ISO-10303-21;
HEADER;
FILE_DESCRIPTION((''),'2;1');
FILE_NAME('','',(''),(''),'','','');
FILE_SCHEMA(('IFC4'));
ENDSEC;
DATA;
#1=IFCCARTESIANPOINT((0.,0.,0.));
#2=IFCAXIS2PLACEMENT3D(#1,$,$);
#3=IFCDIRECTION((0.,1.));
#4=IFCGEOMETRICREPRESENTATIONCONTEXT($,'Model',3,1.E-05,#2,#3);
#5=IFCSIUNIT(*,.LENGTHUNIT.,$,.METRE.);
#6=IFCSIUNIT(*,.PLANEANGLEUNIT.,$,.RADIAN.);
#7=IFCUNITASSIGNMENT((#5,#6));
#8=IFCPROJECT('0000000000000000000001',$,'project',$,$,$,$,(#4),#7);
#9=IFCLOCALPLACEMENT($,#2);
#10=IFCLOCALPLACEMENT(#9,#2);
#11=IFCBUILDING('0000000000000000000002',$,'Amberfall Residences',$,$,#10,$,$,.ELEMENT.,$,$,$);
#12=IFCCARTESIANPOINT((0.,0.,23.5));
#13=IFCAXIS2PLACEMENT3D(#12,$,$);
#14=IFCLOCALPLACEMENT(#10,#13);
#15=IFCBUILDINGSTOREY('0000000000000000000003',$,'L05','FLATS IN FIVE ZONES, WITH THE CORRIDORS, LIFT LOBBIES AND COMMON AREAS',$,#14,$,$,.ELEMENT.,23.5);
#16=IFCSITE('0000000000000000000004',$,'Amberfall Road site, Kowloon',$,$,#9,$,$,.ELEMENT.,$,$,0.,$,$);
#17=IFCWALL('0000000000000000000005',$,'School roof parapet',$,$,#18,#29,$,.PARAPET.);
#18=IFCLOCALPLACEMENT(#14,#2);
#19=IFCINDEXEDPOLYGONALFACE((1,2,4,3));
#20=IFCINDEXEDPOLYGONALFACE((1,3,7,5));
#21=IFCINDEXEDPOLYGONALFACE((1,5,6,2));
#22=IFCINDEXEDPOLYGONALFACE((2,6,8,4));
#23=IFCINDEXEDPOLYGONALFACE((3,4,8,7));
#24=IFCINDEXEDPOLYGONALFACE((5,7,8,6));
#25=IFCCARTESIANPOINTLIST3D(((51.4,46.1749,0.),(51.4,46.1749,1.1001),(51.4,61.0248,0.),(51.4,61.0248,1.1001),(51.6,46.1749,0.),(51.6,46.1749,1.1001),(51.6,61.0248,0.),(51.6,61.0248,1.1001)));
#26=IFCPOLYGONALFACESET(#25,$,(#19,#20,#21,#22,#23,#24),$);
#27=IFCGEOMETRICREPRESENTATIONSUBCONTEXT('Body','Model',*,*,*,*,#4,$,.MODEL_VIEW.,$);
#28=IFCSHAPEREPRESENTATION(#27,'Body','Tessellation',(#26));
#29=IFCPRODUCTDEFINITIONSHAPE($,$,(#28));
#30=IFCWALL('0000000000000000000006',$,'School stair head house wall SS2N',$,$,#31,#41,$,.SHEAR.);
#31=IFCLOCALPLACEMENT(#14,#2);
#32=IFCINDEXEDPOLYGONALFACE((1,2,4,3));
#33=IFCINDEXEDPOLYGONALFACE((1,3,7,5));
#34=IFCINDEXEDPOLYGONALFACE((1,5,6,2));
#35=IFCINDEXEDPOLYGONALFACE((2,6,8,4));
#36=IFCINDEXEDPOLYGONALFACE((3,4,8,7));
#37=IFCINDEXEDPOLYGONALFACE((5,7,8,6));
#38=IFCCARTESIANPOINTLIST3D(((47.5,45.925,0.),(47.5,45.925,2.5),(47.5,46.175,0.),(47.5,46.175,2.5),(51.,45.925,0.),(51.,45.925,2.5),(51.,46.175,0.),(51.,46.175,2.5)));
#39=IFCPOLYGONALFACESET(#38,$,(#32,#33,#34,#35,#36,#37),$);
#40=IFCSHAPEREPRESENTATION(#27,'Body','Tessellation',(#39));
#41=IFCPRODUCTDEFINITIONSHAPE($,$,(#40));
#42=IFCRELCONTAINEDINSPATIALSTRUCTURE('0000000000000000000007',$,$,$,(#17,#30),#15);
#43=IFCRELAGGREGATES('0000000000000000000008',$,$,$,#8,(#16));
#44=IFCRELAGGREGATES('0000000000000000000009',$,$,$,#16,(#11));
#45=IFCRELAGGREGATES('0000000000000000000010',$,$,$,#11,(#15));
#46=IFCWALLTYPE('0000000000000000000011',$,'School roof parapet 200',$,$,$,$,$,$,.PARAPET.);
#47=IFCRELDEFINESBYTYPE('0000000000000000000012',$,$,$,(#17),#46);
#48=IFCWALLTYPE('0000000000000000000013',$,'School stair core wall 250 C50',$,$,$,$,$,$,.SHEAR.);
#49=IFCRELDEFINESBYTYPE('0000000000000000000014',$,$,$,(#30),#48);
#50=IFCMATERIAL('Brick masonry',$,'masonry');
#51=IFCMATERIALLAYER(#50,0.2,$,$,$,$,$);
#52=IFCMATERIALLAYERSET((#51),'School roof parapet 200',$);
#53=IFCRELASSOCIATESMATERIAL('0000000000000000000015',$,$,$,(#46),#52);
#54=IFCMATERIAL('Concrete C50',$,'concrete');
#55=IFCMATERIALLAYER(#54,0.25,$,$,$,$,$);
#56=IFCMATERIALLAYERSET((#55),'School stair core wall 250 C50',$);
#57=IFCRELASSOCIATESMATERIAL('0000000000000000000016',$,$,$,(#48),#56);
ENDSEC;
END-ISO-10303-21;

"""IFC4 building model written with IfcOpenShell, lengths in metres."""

from ifc_helpers import new_model, si_unit, direction, frame, frame_2d, origin, place, context, subcontext, project, spatial, rectangle, extrude, material, layer, layer_set, type_object, element, save


model = new_model("IFC4")

# Units and contexts
model_context = context("Model", 3, precision=1e-05, world=origin(), true_north=direction((0.0, 1.0)))
body_context = subcontext(model_context, "Body", "Model", "MODEL_VIEW")
ifc_project = project(units=[si_unit("LENGTHUNIT", "METRE"), si_unit("PLANEANGLEUNIT", "RADIAN")], contexts=[model_context])

# Site, building, storey
site_placement = place(None, origin())
site = spatial("IfcSite", under=ifc_project, at=site_placement, Name="Amberfall Road site, Kowloon", CompositionType="ELEMENT", RefElevation=0.0)
building_placement = place(site_placement, origin())
building = spatial("IfcBuilding", under=site, at=building_placement, Name="Amberfall Residences", CompositionType="ELEMENT")
storey_placement = place(building_placement, frame((0.0, 0.0, 23.5)))
storey = spatial("IfcBuildingStorey", under=building, at=storey_placement, Name="L05", Description="FLATS IN FIVE ZONES, WITH THE CORRIDORS, LIFT LOBBIES AND COMMON AREAS", CompositionType="ELEMENT", Elevation=23.5)

# Walls
ifc_material_1 = material(Name="Brick masonry", Category="masonry")
ifc_layer_1 = layer(ifc_material_1, 0.2)
ifc_layer_set_1 = layer_set([ifc_layer_1], Name="School roof parapet 200")
wall_type_1 = type_object("IfcWallType", Name="School roof parapet 200", PredefinedType="PARAPET", material=ifc_layer_set_1)
wall_1_placement = place(storey_placement, frame((51.5, 46.175, 0.0), z_axis=(0.0, 0.0, 1.0), x_axis=(0.0, 1.0, 0.0)))
element("IfcWall", 1, at=wall_1_placement, inside=storey, type_object=wall_type_1, Name="School roof parapet", PredefinedType="PARAPET", context=body_context, shape_type="SweptSolid", body=[
    extrude(rectangle(XDim=14.8499, YDim=0.2, at=frame_2d((7.4248, 0.0))), origin(), (0.0, 0.0, 1.0), 1.1001),
])
ifc_material_2 = material(Name="Concrete C50", Category="concrete")
ifc_layer_2 = layer(ifc_material_2, 0.25)
ifc_layer_set_2 = layer_set([ifc_layer_2], Name="School stair core wall 250 C50")
wall_type_2 = type_object("IfcWallType", Name="School stair core wall 250 C50", PredefinedType="SHEAR", material=ifc_layer_set_2)
wall_2_placement = place(storey_placement, frame((47.5, 46.05, 0.0), z_axis=(0.0, 0.0, 1.0), x_axis=(1.0, 0.0, 0.0)))
element("IfcWall", 2, at=wall_2_placement, inside=storey, type_object=wall_type_2, Name="School stair head house wall SS2N", PredefinedType="SHEAR", context=body_context, shape_type="SweptSolid", body=[
    extrude(rectangle(XDim=3.5, YDim=0.25, at=frame_2d((1.75, 0.0))), origin(), (0.0, 0.0, 1.0), 2.5),
])

save(model, "model.ifc")
